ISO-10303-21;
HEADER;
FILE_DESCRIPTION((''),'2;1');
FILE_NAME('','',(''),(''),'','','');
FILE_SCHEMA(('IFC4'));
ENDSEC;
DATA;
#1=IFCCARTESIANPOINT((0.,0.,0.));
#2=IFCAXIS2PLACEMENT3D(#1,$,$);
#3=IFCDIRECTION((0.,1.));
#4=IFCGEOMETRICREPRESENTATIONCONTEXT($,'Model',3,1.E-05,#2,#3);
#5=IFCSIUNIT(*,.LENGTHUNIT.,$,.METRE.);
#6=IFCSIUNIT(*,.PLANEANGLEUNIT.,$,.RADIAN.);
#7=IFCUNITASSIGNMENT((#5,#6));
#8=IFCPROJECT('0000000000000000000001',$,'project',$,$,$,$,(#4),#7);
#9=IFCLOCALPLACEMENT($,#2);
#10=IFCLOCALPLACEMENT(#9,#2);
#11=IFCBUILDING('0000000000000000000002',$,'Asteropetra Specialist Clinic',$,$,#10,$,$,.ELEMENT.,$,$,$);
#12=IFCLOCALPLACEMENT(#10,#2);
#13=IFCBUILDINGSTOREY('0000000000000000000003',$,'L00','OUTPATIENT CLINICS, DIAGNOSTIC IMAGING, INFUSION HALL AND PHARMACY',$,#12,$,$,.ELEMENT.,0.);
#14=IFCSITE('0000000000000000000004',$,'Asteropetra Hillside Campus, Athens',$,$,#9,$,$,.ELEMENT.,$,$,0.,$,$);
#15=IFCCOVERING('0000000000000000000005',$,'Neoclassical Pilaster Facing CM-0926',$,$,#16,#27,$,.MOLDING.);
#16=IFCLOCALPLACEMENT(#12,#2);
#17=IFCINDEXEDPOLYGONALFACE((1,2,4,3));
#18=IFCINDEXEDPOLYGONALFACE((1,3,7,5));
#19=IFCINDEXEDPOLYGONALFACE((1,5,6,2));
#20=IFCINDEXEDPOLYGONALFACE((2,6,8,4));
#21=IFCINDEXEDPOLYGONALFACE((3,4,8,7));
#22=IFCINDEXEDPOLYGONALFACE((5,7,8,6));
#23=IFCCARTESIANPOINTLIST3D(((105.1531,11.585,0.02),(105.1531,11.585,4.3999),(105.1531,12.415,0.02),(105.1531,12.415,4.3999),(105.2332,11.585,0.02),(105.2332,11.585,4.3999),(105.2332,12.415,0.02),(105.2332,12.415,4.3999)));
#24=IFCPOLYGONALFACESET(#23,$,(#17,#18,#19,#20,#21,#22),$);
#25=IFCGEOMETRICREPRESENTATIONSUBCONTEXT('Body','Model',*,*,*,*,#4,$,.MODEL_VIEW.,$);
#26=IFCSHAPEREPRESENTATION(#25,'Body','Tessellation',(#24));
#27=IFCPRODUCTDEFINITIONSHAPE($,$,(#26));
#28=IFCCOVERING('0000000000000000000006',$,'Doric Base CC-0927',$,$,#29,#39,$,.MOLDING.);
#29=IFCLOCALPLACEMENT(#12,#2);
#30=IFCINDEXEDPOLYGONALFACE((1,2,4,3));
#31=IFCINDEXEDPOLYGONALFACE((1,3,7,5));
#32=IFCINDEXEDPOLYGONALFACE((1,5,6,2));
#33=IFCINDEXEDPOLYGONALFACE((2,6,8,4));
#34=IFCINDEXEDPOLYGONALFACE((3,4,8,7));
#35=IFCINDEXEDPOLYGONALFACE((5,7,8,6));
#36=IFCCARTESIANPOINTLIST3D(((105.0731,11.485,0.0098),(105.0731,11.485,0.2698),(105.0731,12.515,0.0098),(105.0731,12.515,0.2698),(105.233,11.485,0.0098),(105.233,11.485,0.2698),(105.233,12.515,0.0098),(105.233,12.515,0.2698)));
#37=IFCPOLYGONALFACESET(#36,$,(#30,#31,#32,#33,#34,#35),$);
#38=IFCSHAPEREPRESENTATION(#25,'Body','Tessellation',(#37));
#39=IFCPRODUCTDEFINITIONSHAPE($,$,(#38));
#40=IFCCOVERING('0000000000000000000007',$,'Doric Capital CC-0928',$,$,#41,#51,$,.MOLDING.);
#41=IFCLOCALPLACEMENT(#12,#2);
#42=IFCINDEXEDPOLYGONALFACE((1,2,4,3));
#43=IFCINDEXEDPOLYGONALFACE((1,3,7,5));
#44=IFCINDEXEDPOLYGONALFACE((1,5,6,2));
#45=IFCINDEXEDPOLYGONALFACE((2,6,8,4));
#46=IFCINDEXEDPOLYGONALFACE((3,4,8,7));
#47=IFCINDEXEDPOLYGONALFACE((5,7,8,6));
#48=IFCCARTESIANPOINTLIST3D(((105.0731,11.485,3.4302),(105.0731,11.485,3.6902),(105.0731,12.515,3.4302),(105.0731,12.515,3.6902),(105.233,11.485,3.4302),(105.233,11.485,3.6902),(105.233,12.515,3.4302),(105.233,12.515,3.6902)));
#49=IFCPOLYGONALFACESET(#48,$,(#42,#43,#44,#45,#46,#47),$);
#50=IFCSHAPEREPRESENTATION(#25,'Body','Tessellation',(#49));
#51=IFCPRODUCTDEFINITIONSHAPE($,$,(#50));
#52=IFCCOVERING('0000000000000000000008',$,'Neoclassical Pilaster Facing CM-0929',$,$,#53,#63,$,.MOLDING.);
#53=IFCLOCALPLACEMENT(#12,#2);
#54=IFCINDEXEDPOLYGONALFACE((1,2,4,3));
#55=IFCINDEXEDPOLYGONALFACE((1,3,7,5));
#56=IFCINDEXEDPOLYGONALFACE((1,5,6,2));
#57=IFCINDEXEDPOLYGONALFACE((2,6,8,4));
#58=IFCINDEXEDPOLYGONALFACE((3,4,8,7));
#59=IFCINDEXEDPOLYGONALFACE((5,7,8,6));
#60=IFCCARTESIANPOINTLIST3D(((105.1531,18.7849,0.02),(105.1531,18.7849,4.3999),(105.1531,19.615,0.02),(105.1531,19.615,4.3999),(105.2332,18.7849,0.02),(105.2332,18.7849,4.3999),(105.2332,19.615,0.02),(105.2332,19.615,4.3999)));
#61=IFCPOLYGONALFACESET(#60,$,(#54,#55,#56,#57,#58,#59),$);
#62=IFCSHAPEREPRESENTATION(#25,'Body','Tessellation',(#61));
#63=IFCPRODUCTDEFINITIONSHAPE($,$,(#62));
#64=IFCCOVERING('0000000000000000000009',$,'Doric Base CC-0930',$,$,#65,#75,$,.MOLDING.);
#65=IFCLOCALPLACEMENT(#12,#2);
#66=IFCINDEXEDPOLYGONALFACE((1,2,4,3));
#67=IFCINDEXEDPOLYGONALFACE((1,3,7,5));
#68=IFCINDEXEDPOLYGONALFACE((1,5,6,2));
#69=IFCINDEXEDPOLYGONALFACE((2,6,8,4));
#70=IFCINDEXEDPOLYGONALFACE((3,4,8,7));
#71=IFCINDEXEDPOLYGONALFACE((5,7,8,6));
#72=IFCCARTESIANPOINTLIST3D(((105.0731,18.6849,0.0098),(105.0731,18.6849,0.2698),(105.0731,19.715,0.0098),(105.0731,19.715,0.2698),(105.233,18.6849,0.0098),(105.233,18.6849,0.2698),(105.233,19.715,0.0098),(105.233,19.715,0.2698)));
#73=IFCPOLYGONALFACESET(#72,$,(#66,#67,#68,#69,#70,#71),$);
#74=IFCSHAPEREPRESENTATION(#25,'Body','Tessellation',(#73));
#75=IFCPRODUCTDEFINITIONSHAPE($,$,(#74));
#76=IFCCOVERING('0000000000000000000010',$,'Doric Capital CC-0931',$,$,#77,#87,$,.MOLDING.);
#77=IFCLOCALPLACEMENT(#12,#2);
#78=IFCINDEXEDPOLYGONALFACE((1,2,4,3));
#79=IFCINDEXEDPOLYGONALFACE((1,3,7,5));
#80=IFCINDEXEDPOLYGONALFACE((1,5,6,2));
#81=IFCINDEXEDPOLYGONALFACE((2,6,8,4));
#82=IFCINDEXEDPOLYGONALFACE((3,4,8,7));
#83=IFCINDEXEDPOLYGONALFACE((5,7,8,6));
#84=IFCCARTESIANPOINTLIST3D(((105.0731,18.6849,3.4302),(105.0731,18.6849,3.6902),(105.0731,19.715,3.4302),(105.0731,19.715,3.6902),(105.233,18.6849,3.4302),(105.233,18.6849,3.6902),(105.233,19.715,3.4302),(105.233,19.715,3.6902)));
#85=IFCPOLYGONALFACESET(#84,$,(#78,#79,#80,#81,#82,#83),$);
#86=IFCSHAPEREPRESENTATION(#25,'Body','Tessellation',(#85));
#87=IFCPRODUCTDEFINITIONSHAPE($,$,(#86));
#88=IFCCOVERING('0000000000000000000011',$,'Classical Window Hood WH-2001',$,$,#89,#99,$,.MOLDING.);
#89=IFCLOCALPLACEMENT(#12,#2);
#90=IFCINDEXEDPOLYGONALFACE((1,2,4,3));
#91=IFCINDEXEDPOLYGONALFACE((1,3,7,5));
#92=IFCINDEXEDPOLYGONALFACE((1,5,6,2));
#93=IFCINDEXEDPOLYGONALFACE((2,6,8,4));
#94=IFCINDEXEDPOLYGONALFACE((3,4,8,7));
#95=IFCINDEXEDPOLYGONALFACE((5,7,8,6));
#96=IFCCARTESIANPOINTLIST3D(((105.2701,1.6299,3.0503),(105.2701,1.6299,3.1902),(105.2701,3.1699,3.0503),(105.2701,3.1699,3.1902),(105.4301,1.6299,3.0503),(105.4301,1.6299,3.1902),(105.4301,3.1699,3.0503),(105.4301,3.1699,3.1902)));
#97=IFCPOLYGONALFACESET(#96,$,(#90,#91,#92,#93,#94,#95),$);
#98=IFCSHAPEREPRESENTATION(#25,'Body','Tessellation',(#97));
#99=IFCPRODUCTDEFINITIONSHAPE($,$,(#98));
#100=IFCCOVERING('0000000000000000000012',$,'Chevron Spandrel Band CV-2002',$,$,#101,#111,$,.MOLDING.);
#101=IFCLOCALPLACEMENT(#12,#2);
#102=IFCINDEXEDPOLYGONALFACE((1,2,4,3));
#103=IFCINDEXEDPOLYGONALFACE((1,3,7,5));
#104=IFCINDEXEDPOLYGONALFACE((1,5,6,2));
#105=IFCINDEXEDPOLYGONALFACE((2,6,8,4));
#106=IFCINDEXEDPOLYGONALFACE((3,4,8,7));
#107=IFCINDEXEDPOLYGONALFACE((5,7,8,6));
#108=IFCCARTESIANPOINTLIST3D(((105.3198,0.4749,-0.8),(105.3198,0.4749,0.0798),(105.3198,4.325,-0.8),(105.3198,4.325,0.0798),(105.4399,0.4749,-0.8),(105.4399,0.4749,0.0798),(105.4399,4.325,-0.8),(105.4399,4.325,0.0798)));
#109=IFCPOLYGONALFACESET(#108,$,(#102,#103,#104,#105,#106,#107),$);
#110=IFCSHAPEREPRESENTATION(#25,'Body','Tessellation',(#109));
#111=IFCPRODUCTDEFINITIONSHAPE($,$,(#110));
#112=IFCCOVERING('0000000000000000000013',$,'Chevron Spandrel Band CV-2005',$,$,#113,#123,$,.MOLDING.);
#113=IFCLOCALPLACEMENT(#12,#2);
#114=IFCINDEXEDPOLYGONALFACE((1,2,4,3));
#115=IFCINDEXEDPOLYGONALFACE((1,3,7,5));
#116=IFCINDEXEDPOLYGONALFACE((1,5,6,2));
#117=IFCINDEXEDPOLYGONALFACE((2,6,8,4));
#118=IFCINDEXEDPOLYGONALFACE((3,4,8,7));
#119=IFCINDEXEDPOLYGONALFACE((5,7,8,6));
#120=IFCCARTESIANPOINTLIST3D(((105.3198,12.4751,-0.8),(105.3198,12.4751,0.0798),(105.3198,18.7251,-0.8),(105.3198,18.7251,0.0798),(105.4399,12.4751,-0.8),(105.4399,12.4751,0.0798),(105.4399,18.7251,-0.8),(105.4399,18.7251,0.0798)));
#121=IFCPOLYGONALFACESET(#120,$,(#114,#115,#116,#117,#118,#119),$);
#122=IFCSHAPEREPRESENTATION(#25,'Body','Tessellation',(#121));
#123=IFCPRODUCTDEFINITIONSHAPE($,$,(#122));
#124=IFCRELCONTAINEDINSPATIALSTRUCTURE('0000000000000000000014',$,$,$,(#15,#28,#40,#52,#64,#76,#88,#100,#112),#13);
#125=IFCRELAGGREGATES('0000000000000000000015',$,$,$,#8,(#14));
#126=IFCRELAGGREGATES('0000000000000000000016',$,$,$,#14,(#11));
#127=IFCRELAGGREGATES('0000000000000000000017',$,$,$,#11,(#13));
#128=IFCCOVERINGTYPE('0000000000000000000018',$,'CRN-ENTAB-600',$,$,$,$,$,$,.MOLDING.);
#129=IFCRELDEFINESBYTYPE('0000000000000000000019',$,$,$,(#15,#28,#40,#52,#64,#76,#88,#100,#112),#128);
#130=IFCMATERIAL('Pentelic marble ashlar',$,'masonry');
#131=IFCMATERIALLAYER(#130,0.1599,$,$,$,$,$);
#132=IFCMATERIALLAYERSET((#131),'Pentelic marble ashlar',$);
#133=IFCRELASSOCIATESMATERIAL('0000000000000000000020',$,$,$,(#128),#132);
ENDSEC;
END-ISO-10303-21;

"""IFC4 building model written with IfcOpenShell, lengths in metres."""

from ifc_helpers import new_model, si_unit, direction, frame, origin, origin_2d, place, context, subcontext, project, spatial, rectangle, extrude, material, layer, layer_set, type_object, element, save


model = new_model("IFC4")

# Units and contexts
model_context = context("Model", 3, precision=1e-05, world=origin(), true_north=direction((0.0, 1.0)))
body_context = subcontext(model_context, "Body", "Model", "MODEL_VIEW")
ifc_project = project(units=[si_unit("LENGTHUNIT", "METRE"), si_unit("PLANEANGLEUNIT", "RADIAN")], contexts=[model_context])

# Site, building, storey
site_placement = place(None, origin())
site = spatial("IfcSite", under=ifc_project, at=site_placement, Name="Asteropetra Hillside Campus, Athens", CompositionType="ELEMENT", RefElevation=0.0)
building_placement = place(site_placement, origin())
building = spatial("IfcBuilding", under=site, at=building_placement, Name="Asteropetra Specialist Clinic", CompositionType="ELEMENT")
storey_placement = place(building_placement, origin())
storey = spatial("IfcBuildingStorey", under=building, at=storey_placement, Name="L00", Description="OUTPATIENT CLINICS, DIAGNOSTIC IMAGING, INFUSION HALL AND PHARMACY", CompositionType="ELEMENT", Elevation=0.0)

# Coverings
ifc_material_1 = material(Name="Pentelic marble ashlar", Category="masonry")
ifc_layer_1 = layer(ifc_material_1, 0.1599)
ifc_layer_set_1 = layer_set([ifc_layer_1], Name="Pentelic marble ashlar")
covering_type = type_object("IfcCoveringType", Name="CRN-ENTAB-600", PredefinedType="MOLDING", material=ifc_layer_set_1)
covering_1_placement = place(storey_placement, frame((105.1931, 12.0, 0.02), z_axis=(0.0, 0.0, 1.0), x_axis=(1.0, 0.0, 0.0)))
element("IfcCovering", 1, at=covering_1_placement, inside=storey, type_object=covering_type, Name="Neoclassical Pilaster Facing CM-0926", PredefinedType="MOLDING", context=body_context, shape_type="SweptSolid", body=[
    extrude(rectangle(XDim=0.0801, YDim=0.8301, at=origin_2d()), origin(), (0.0, 0.0, 1.0), 4.3799),
])
for number, where, z_axis, x_axis, name in (
    (2, (105.1531, 12.0, 0.0098), (0.0, 0.0, 1.0), (1.0, 0.0, 0.0), "Doric Base CC-0927"),
    (3, (105.1531, 12.0, 3.4302), (0.0, 0.0, 1.0), (1.0, 0.0, 0.0), "Doric Capital CC-0928"),
):
    element("IfcCovering", number, at=place(storey_placement, frame(where, z_axis=z_axis, x_axis=x_axis)), inside=storey, type_object=covering_type, Name=name, PredefinedType="MOLDING", context=body_context, shape_type="SweptSolid", body=[
        extrude(rectangle(XDim=0.1599, YDim=1.03, at=origin_2d()), origin(), (0.0, 0.0, 1.0), 0.26),
    ])
covering_2_placement = place(storey_placement, frame((105.1931, 19.2, 0.02), z_axis=(0.0, 0.0, 1.0), x_axis=(1.0, 0.0, 0.0)))
element("IfcCovering", 4, at=covering_2_placement, inside=storey, type_object=covering_type, Name="Neoclassical Pilaster Facing CM-0929", PredefinedType="MOLDING", context=body_context, shape_type="SweptSolid", body=[
    extrude(rectangle(XDim=0.0801, YDim=0.8301, at=origin_2d()), origin(), (0.0, 0.0, 1.0), 4.3799),
])
for number, where, z_axis, x_axis, name in (
    (5, (105.1531, 19.2, 0.0098), (0.0, 0.0, 1.0), (1.0, 0.0, 0.0), "Doric Base CC-0930"),
    (6, (105.1531, 19.2, 3.4302), (0.0, 0.0, 1.0), (1.0, 0.0, 0.0), "Doric Capital CC-0931"),
):
    element("IfcCovering", number, at=place(storey_placement, frame(where, z_axis=z_axis, x_axis=x_axis)), inside=storey, type_object=covering_type, Name=name, PredefinedType="MOLDING", context=body_context, shape_type="SweptSolid", body=[
        extrude(rectangle(XDim=0.1599, YDim=1.03, at=origin_2d()), origin(), (0.0, 0.0, 1.0), 0.26),
    ])
covering_3_placement = place(storey_placement, frame((105.3501, 2.3999, 3.0503), z_axis=(0.0, 0.0, 1.0), x_axis=(1.0, 0.0, 0.0)))
element("IfcCovering", 7, at=covering_3_placement, inside=storey, type_object=covering_type, Name="Classical Window Hood WH-2001", PredefinedType="MOLDING", context=body_context, shape_type="SweptSolid", body=[
    extrude(rectangle(XDim=0.1599, YDim=1.54, at=origin_2d()), origin(), (0.0, 0.0, 1.0), 0.1399),
])
covering_4_placement = place(storey_placement, frame((105.3799, 2.3999, -0.8), z_axis=(0.0, 0.0, 1.0), x_axis=(1.0, 0.0, 0.0)))
element("IfcCovering", 8, at=covering_4_placement, inside=storey, type_object=covering_type, Name="Chevron Spandrel Band CV-2002", PredefinedType="MOLDING", context=body_context, shape_type="SweptSolid", body=[
    extrude(rectangle(XDim=0.1201, YDim=3.8501, at=origin_2d()), origin(), (0.0, 0.0, 1.0), 0.8799),
])
covering_5_placement = place(storey_placement, frame((105.3799, 15.6001, -0.8), z_axis=(0.0, 0.0, 1.0), x_axis=(1.0, 0.0, 0.0)))
element("IfcCovering", 9, at=covering_5_placement, inside=storey, type_object=covering_type, Name="Chevron Spandrel Band CV-2005", PredefinedType="MOLDING", context=body_context, shape_type="SweptSolid", body=[
    extrude(rectangle(XDim=0.1201, YDim=6.25, at=origin_2d()), origin(), (0.0, 0.0, 1.0), 0.8799),
])

save(model, "model.ifc")
